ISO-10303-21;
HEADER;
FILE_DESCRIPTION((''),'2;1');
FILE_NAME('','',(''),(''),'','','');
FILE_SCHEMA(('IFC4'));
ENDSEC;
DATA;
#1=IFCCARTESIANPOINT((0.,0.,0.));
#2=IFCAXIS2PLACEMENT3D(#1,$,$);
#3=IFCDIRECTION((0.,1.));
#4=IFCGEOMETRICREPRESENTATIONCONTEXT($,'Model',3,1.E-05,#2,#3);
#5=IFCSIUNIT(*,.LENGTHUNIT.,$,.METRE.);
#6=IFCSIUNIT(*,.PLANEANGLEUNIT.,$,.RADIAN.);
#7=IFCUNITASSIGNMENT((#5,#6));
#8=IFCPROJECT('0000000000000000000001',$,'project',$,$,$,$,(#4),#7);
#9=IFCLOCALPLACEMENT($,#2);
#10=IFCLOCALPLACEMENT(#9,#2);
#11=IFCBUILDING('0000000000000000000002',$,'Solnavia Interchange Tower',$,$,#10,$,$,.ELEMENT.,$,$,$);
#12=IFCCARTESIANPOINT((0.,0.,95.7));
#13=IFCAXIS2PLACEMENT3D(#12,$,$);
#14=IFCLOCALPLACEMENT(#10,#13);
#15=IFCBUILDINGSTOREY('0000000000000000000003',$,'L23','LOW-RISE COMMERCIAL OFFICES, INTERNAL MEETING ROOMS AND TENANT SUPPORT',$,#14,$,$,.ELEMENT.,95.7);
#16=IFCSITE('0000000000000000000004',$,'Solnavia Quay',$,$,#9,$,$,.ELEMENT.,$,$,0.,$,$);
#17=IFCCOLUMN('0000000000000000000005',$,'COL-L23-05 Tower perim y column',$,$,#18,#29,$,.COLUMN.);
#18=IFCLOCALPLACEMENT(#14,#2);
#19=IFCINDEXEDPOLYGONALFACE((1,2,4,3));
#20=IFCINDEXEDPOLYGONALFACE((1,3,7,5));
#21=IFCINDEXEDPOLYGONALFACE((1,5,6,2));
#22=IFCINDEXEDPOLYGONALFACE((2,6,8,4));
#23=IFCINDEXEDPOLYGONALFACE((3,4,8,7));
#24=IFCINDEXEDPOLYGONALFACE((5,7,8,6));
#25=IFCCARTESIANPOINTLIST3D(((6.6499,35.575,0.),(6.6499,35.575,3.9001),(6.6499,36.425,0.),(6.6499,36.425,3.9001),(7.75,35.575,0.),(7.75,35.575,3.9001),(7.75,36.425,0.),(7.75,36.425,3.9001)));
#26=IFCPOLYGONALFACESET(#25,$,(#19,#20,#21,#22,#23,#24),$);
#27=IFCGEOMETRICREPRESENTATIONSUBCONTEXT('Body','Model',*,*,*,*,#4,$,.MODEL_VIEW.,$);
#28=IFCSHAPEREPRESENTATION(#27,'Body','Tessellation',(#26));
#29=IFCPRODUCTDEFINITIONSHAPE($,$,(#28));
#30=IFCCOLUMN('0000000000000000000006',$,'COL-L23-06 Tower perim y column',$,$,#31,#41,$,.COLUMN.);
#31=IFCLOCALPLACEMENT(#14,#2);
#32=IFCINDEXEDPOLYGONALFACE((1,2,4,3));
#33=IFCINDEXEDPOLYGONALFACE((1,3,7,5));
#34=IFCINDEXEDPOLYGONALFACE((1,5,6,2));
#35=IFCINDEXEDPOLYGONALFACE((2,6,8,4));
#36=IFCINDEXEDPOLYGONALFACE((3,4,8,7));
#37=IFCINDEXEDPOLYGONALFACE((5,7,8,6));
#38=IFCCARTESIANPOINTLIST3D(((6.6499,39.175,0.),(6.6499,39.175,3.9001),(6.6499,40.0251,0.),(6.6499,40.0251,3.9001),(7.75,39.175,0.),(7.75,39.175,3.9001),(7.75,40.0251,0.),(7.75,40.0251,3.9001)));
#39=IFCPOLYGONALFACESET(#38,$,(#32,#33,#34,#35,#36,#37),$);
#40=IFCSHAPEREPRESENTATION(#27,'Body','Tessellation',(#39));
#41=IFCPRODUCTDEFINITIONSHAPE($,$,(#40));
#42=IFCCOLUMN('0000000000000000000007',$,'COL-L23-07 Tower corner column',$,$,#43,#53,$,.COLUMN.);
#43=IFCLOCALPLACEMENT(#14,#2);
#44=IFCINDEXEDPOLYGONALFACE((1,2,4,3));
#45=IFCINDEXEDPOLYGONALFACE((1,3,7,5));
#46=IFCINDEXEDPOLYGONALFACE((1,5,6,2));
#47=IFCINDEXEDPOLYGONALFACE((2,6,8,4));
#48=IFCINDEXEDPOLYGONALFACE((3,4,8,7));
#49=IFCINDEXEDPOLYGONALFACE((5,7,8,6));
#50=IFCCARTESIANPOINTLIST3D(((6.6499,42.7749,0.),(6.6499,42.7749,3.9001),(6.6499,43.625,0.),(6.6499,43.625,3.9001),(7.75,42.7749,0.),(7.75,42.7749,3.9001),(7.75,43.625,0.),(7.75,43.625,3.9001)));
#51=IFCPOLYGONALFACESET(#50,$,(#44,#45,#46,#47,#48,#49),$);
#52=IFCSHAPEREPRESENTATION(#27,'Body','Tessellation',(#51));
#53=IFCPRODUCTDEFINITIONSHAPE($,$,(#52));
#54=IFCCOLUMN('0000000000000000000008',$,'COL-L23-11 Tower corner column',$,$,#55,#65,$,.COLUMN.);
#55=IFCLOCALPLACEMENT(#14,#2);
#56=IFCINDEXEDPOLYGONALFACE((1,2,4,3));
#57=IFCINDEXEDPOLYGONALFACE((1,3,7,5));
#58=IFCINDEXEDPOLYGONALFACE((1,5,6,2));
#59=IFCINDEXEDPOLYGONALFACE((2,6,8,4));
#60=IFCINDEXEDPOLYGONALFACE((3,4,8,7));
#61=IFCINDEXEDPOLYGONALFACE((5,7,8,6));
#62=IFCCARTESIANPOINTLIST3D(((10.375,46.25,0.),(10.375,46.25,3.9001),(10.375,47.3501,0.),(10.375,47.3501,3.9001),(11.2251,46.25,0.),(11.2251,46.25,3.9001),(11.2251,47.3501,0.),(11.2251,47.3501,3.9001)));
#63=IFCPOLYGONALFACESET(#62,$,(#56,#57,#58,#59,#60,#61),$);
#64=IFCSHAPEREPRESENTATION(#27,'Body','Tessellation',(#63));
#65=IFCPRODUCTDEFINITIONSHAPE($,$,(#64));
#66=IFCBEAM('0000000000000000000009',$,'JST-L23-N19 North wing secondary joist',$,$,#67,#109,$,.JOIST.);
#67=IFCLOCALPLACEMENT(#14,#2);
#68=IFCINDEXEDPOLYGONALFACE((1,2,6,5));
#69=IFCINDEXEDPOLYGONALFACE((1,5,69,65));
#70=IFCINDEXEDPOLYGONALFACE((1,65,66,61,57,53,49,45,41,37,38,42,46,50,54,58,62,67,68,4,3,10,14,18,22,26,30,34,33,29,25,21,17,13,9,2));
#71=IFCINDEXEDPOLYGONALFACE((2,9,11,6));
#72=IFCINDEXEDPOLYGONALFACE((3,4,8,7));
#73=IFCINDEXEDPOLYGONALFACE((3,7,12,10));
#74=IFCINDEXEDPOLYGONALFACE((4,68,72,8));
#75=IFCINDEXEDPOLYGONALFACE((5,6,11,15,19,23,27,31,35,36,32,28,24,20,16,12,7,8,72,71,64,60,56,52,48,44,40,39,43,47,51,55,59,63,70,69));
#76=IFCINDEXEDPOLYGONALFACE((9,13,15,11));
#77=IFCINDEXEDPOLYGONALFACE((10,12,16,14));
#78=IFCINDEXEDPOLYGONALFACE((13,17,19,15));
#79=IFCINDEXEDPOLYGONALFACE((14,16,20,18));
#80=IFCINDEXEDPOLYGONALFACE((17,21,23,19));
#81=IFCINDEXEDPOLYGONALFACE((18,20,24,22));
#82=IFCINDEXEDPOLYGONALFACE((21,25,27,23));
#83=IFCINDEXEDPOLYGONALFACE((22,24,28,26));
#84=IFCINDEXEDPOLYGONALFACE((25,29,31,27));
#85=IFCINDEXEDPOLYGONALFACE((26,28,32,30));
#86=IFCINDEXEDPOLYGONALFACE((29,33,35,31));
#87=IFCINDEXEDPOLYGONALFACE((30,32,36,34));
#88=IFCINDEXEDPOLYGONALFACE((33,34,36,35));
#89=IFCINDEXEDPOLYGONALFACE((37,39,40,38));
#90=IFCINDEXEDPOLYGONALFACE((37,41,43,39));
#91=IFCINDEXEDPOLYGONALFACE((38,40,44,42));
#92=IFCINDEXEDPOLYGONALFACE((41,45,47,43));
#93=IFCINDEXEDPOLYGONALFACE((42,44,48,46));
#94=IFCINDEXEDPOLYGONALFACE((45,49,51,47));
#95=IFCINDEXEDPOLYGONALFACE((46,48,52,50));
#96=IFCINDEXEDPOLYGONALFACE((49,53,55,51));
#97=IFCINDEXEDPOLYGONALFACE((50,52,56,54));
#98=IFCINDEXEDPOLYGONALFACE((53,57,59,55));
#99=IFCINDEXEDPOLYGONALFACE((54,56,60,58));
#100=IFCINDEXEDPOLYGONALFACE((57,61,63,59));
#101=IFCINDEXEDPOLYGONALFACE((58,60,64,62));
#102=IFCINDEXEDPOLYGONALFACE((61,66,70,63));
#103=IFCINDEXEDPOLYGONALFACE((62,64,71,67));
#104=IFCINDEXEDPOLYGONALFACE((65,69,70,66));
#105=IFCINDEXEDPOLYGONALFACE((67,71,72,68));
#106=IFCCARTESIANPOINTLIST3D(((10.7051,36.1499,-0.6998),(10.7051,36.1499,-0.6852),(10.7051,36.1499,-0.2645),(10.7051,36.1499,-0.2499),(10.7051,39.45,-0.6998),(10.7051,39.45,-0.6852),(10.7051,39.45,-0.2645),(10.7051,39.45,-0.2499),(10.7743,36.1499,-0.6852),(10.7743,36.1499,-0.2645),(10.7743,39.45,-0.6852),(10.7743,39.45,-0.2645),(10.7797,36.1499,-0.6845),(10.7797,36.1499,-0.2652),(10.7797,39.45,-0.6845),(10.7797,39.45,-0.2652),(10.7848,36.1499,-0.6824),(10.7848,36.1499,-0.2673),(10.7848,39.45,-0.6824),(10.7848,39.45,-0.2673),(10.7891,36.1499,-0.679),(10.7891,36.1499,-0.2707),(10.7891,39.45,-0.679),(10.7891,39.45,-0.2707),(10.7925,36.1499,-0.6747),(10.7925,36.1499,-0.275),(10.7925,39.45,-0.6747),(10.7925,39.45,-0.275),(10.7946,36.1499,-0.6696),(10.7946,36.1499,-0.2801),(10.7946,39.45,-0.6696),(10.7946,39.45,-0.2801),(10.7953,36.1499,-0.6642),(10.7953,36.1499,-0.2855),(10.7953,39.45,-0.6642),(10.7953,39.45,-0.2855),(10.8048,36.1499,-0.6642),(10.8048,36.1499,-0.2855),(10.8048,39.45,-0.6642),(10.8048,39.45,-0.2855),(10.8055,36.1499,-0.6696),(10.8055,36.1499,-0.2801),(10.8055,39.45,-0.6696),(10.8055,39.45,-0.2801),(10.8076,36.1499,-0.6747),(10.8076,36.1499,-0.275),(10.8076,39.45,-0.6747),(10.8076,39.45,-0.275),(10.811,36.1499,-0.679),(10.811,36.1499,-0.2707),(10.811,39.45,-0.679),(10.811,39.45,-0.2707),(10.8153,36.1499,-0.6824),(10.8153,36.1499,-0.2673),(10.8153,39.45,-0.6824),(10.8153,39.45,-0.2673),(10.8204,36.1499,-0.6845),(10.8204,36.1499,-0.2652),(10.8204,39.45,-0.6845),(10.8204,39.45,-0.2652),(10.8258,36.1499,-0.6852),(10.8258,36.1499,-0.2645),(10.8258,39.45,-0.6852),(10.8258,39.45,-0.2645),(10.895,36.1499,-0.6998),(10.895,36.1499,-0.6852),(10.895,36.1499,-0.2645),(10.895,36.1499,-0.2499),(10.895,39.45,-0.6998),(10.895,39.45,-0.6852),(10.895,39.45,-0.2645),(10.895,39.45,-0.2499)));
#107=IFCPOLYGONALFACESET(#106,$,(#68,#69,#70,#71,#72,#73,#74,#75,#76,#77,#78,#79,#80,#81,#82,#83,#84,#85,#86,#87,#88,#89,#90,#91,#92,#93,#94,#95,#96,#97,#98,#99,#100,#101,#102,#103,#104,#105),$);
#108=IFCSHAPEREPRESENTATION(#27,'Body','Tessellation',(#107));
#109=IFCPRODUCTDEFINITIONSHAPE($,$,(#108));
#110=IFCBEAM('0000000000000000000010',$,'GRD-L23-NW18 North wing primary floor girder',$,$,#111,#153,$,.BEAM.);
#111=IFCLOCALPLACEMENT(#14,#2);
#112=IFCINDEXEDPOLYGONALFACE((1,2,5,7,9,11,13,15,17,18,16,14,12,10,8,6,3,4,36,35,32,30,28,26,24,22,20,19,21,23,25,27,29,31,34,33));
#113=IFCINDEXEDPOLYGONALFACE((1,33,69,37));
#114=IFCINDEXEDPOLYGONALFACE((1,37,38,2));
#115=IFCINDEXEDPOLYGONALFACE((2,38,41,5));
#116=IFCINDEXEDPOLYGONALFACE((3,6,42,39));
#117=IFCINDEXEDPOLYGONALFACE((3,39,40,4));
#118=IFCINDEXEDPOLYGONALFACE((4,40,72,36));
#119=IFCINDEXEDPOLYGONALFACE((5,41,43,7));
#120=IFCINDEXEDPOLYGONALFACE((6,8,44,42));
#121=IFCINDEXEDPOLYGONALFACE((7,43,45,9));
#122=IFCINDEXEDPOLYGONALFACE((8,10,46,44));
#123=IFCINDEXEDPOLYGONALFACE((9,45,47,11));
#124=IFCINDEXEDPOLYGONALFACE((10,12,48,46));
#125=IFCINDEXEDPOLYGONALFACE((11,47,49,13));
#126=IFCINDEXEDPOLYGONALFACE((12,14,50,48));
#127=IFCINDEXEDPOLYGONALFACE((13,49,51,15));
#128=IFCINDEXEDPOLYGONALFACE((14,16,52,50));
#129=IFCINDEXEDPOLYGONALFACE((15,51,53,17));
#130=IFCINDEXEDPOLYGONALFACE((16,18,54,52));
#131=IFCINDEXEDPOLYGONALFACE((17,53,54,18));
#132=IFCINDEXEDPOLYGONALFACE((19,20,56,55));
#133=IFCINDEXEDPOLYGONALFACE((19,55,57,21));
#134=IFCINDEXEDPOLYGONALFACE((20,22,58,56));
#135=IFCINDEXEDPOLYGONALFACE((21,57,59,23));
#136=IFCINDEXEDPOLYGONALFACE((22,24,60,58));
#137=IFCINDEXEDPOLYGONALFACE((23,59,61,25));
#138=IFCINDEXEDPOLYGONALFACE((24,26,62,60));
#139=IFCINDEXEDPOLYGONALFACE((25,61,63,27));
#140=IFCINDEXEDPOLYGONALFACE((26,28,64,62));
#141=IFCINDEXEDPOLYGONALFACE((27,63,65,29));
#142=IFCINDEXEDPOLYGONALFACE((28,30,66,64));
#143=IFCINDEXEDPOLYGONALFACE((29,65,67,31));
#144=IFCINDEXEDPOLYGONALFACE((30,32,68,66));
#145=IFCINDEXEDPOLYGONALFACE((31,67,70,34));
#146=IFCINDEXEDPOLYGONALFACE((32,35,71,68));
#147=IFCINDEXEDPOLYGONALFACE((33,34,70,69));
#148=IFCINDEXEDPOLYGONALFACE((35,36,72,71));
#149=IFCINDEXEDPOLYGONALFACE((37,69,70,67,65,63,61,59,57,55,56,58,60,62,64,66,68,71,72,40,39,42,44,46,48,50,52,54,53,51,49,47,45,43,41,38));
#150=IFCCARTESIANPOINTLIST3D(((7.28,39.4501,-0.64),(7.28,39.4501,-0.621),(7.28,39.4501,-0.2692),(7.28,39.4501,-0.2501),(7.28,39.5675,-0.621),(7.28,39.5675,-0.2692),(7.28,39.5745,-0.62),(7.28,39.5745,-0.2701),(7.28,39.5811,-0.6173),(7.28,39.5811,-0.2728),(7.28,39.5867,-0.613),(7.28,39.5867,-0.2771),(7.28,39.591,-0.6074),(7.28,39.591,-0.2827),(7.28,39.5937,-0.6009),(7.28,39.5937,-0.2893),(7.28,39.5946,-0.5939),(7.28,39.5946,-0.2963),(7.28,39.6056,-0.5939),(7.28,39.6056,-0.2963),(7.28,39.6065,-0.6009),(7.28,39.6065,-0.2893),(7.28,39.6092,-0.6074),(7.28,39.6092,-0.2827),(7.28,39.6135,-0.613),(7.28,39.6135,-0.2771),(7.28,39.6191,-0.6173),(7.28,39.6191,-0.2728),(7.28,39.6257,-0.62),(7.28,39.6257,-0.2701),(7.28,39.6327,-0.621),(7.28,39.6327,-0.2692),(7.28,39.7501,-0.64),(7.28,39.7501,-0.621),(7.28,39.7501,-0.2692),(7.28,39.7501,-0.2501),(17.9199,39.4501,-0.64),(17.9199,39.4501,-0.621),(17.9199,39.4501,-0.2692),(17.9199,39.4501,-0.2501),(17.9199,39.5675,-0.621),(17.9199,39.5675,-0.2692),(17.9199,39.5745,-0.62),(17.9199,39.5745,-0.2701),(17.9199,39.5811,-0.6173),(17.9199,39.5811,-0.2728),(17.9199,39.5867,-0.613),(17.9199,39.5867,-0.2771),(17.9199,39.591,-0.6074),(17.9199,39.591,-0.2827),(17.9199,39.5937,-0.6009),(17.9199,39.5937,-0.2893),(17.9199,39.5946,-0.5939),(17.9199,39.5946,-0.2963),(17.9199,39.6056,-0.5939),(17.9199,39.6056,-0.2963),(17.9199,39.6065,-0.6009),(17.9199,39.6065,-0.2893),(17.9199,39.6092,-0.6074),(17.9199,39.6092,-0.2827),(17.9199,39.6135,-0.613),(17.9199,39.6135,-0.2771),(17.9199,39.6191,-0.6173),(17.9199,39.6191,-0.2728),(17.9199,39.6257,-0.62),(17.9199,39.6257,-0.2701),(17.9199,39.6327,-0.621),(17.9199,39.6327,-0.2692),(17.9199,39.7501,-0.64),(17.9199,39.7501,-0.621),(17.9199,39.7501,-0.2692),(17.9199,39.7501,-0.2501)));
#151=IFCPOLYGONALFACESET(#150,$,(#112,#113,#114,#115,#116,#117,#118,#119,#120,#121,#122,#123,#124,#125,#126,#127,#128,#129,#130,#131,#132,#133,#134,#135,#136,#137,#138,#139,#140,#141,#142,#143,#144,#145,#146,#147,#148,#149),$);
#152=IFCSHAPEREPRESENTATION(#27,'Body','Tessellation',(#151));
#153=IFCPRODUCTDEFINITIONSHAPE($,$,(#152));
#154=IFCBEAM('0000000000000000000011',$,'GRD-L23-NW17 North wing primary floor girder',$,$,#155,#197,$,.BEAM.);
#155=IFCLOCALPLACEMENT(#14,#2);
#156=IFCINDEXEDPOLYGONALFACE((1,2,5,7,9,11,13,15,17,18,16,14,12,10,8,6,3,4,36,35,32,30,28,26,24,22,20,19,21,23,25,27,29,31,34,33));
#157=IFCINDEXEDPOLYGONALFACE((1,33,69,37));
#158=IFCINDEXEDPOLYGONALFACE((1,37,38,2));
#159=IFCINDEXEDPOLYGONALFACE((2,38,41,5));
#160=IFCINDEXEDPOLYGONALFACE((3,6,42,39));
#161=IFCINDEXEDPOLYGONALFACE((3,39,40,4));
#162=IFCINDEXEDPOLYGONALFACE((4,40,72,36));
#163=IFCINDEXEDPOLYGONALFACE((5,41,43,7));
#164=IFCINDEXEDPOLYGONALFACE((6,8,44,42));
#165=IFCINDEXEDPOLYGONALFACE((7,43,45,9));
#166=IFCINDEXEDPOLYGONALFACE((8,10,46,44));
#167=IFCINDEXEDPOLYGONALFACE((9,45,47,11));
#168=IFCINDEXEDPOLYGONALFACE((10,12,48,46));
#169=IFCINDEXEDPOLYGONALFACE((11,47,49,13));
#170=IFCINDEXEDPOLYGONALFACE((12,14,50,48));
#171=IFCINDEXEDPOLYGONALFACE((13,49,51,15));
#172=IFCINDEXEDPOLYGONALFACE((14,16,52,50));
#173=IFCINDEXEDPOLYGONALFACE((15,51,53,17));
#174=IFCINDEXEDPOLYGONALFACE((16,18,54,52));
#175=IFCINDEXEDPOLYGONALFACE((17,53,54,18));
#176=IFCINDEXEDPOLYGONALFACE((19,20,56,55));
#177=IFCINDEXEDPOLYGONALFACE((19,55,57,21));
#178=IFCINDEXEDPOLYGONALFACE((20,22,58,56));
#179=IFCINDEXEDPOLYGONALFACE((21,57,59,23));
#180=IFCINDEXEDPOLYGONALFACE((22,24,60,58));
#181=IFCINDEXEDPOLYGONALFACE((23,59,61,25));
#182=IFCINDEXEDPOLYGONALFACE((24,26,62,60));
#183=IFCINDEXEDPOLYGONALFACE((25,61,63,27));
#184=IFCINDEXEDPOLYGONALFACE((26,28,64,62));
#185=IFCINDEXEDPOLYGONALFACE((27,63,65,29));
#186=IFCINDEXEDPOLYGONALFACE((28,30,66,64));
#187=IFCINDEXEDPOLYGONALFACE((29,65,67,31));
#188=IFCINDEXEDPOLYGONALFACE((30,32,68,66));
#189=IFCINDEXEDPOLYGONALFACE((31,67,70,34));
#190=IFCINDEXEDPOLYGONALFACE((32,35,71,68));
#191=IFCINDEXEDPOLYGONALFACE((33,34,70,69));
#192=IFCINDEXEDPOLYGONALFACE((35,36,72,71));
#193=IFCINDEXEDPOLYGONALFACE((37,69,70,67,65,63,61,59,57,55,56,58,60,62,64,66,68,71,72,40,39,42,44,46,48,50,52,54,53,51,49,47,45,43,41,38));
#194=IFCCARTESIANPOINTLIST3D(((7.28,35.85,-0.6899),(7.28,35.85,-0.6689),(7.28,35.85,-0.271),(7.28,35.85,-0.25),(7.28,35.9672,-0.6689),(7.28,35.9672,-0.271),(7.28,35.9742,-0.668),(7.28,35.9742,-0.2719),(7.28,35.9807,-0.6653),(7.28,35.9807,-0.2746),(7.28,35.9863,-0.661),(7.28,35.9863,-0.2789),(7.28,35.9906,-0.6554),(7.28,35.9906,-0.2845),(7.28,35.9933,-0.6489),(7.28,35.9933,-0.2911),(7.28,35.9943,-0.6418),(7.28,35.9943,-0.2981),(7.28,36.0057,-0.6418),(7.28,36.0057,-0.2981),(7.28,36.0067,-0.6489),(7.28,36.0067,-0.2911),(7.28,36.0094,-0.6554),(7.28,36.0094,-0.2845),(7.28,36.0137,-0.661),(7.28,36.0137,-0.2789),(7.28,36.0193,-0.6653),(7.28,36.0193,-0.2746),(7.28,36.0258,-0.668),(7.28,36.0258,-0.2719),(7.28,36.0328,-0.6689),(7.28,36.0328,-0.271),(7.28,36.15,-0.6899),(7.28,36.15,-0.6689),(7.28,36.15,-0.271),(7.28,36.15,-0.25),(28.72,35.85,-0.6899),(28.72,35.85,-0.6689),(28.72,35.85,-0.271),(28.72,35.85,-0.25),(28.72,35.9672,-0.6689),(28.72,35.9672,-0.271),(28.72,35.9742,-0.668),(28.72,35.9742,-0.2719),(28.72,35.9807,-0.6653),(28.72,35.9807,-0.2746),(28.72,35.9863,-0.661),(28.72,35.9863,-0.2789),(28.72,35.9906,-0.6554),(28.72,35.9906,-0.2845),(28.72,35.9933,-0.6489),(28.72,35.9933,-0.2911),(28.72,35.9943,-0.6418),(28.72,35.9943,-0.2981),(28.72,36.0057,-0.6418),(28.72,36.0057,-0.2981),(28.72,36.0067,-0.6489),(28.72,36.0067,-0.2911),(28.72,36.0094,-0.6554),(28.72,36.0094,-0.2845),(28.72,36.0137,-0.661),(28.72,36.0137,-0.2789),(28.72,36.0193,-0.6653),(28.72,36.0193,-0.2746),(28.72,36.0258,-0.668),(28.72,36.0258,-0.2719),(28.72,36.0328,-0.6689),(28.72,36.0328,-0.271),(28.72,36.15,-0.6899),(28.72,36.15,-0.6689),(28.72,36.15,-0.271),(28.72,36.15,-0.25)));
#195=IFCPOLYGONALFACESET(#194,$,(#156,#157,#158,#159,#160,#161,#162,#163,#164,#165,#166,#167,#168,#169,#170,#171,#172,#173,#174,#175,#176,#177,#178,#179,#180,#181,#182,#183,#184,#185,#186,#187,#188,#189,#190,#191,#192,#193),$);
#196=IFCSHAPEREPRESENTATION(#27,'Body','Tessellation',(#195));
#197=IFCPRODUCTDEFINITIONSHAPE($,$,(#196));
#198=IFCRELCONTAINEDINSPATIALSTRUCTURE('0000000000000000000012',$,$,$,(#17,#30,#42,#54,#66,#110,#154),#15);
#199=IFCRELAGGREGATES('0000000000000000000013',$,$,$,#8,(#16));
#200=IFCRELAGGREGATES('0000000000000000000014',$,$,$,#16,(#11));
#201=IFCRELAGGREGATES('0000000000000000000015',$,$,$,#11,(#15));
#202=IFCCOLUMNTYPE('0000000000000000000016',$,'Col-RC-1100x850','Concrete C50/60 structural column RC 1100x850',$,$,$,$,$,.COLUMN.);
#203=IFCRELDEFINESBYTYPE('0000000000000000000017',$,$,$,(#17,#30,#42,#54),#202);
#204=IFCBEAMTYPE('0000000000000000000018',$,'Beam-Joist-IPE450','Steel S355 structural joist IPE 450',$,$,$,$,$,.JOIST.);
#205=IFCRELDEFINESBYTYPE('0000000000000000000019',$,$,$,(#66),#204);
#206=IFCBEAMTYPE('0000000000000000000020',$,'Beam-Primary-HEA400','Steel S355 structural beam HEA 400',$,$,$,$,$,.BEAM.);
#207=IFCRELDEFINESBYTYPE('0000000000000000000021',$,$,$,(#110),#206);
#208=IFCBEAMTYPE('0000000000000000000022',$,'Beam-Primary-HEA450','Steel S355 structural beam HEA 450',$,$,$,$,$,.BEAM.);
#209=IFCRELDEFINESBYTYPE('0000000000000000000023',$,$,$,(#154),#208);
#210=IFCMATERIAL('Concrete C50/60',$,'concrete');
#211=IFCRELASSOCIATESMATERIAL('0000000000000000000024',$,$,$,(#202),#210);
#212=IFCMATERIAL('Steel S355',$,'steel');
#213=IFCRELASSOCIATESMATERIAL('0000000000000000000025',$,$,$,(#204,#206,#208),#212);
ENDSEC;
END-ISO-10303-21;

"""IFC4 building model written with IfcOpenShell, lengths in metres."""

from ifc_helpers import new_model, si_unit, direction, frame, origin, origin_2d, place, context, subcontext, project, spatial, rectangle, i_section, extrude, material, material_profile, profile_set, type_object, element, save


model = new_model("IFC4")

# Units and contexts
model_context = context("Model", 3, precision=1e-05, world=origin(), true_north=direction((0.0, 1.0)))
body_context = subcontext(model_context, "Body", "Model", "MODEL_VIEW")
ifc_project = project(units=[si_unit("LENGTHUNIT", "METRE"), si_unit("PLANEANGLEUNIT", "RADIAN")], contexts=[model_context])

# Site, building, storey
site_placement = place(None, origin())
site = spatial("IfcSite", under=ifc_project, at=site_placement, Name="Solnavia Quay", CompositionType="ELEMENT", RefElevation=0.0)
building_placement = place(site_placement, origin())
building = spatial("IfcBuilding", under=site, at=building_placement, Name="Solnavia Interchange Tower", CompositionType="ELEMENT")
storey_placement = place(building_placement, frame((0.0, 0.0, 95.7)))
storey = spatial("IfcBuildingStorey", under=building, at=storey_placement, Name="L23", Description="LOW-RISE COMMERCIAL OFFICES, INTERNAL MEETING ROOMS AND TENANT SUPPORT", CompositionType="ELEMENT", Elevation=95.7)

# Columns
ifc_material_1 = material(Name="Concrete C50/60", Category="concrete")
ifc_material_profile_1 = material_profile(ifc_material_1, rectangle(XDim=0.8501, YDim=1.1001, at=origin_2d()), Name="RC 1100x850")
ifc_profile_set_1 = profile_set([ifc_material_profile_1], Name="Concrete C50/60")
column_type = type_object("IfcColumnType", Name="Col-RC-1100x850", Description="Concrete C50/60 structural column RC 1100x850", PredefinedType="COLUMN", material=ifc_profile_set_1)
for number, where, z_axis, x_axis, name in (
    (1, (7.2, 36.0, 0.0), (0.0, 0.0, 1.0), (0.0, 1.0, 0.0), "COL-L23-05 Tower perim y column"),
    (2, (7.2, 39.6001, 0.0), (0.0, 0.0, 1.0), (0.0, 1.0, 0.0), "COL-L23-06 Tower perim y column"),
    (3, (7.2, 43.2, 0.0), (0.0, 0.0, 1.0), (0.0, 1.0, 0.0), "COL-L23-07 Tower corner column"),
    (4, (10.8, 46.8, 0.0), (0.0, 0.0, 1.0), (1.0, 0.0, 0.0), "COL-L23-11 Tower corner column"),
):
    element("IfcColumn", number, at=place(storey_placement, frame(where, z_axis=z_axis, x_axis=x_axis)), inside=storey, type_object=column_type, Name=name, PredefinedType="COLUMN", context=body_context, shape_type="SweptSolid", body=[
        extrude(rectangle(XDim=0.8501, YDim=1.1001, at=origin_2d()), origin(), (0.0, 0.0, 1.0), 3.9001),
    ])

# Beams
ifc_material_2 = material(Name="Steel S355", Category="steel")
ifc_material_profile_2 = material_profile(ifc_material_2, i_section(OverallWidth=0.1899, OverallDepth=0.45, WebThickness=0.0095, FlangeThickness=0.0146, FilletRadius=0.021, at=origin_2d()), Name="IPE 450")
ifc_profile_set_2 = profile_set([ifc_material_profile_2], Name="Steel S355")
beam_type_1 = type_object("IfcBeamType", Name="Beam-Joist-IPE450", Description="Steel S355 structural joist IPE 450", PredefinedType="JOIST", material=ifc_profile_set_2)
beam_1_placement = place(storey_placement, frame((10.8, 36.1499, -0.4749), z_axis=(0.0, 1.0, 0.0), x_axis=(-1.0, 0.0, 0.0)))
element("IfcBeam", 5, at=beam_1_placement, inside=storey, type_object=beam_type_1, Name="JST-L23-N19 North wing secondary joist", PredefinedType="JOIST", context=body_context, shape_type="SweptSolid", body=[
    extrude(i_section(OverallWidth=0.1899, OverallDepth=0.45, WebThickness=0.0095, FlangeThickness=0.0146, FilletRadius=0.021, at=origin_2d()), origin(), (0.0, 0.0, 1.0), 3.3),
])
ifc_material_profile_3 = material_profile(ifc_material_2, i_section(OverallWidth=0.3, OverallDepth=0.3899, WebThickness=0.011, FlangeThickness=0.019, FilletRadius=0.0271, at=origin_2d()), Name="HEA 400")
ifc_profile_set_3 = profile_set([ifc_material_profile_3], Name="Steel S355")
beam_type_2 = type_object("IfcBeamType", Name="Beam-Primary-HEA400", Description="Steel S355 structural beam HEA 400", PredefinedType="BEAM", material=ifc_profile_set_3)
beam_2_placement = place(storey_placement, frame((7.28, 39.6001, -0.4451), z_axis=(1.0, 0.0, 0.0), x_axis=(0.0, 1.0, 0.0)))
element("IfcBeam", 6, at=beam_2_placement, inside=storey, type_object=beam_type_2, Name="GRD-L23-NW18 North wing primary floor girder", PredefinedType="BEAM", context=body_context, shape_type="SweptSolid", body=[
    extrude(i_section(OverallWidth=0.3, OverallDepth=0.3899, WebThickness=0.011, FlangeThickness=0.019, FilletRadius=0.0271, at=origin_2d()), origin(), (0.0, 0.0, 1.0), 10.6399),
])
ifc_material_profile_4 = material_profile(ifc_material_2, i_section(OverallWidth=0.3, OverallDepth=0.4399, WebThickness=0.0115, FlangeThickness=0.021, FilletRadius=0.0271, at=origin_2d()), Name="HEA 450")
ifc_profile_set_4 = profile_set([ifc_material_profile_4], Name="Steel S355")
beam_type_3 = type_object("IfcBeamType", Name="Beam-Primary-HEA450", Description="Steel S355 structural beam HEA 450", PredefinedType="BEAM", material=ifc_profile_set_4)
beam_3_placement = place(storey_placement, frame((7.28, 36.0, -0.47), z_axis=(1.0, 0.0, 0.0), x_axis=(0.0, 1.0, 0.0)))
element("IfcBeam", 7, at=beam_3_placement, inside=storey, type_object=beam_type_3, Name="GRD-L23-NW17 North wing primary floor girder", PredefinedType="BEAM", context=body_context, shape_type="SweptSolid", body=[
    extrude(i_section(OverallWidth=0.3, OverallDepth=0.4399, WebThickness=0.0115, FlangeThickness=0.021, FilletRadius=0.0271, at=origin_2d()), origin(), (0.0, 0.0, 1.0), 21.4399),
])

save(model, "model.ifc")
